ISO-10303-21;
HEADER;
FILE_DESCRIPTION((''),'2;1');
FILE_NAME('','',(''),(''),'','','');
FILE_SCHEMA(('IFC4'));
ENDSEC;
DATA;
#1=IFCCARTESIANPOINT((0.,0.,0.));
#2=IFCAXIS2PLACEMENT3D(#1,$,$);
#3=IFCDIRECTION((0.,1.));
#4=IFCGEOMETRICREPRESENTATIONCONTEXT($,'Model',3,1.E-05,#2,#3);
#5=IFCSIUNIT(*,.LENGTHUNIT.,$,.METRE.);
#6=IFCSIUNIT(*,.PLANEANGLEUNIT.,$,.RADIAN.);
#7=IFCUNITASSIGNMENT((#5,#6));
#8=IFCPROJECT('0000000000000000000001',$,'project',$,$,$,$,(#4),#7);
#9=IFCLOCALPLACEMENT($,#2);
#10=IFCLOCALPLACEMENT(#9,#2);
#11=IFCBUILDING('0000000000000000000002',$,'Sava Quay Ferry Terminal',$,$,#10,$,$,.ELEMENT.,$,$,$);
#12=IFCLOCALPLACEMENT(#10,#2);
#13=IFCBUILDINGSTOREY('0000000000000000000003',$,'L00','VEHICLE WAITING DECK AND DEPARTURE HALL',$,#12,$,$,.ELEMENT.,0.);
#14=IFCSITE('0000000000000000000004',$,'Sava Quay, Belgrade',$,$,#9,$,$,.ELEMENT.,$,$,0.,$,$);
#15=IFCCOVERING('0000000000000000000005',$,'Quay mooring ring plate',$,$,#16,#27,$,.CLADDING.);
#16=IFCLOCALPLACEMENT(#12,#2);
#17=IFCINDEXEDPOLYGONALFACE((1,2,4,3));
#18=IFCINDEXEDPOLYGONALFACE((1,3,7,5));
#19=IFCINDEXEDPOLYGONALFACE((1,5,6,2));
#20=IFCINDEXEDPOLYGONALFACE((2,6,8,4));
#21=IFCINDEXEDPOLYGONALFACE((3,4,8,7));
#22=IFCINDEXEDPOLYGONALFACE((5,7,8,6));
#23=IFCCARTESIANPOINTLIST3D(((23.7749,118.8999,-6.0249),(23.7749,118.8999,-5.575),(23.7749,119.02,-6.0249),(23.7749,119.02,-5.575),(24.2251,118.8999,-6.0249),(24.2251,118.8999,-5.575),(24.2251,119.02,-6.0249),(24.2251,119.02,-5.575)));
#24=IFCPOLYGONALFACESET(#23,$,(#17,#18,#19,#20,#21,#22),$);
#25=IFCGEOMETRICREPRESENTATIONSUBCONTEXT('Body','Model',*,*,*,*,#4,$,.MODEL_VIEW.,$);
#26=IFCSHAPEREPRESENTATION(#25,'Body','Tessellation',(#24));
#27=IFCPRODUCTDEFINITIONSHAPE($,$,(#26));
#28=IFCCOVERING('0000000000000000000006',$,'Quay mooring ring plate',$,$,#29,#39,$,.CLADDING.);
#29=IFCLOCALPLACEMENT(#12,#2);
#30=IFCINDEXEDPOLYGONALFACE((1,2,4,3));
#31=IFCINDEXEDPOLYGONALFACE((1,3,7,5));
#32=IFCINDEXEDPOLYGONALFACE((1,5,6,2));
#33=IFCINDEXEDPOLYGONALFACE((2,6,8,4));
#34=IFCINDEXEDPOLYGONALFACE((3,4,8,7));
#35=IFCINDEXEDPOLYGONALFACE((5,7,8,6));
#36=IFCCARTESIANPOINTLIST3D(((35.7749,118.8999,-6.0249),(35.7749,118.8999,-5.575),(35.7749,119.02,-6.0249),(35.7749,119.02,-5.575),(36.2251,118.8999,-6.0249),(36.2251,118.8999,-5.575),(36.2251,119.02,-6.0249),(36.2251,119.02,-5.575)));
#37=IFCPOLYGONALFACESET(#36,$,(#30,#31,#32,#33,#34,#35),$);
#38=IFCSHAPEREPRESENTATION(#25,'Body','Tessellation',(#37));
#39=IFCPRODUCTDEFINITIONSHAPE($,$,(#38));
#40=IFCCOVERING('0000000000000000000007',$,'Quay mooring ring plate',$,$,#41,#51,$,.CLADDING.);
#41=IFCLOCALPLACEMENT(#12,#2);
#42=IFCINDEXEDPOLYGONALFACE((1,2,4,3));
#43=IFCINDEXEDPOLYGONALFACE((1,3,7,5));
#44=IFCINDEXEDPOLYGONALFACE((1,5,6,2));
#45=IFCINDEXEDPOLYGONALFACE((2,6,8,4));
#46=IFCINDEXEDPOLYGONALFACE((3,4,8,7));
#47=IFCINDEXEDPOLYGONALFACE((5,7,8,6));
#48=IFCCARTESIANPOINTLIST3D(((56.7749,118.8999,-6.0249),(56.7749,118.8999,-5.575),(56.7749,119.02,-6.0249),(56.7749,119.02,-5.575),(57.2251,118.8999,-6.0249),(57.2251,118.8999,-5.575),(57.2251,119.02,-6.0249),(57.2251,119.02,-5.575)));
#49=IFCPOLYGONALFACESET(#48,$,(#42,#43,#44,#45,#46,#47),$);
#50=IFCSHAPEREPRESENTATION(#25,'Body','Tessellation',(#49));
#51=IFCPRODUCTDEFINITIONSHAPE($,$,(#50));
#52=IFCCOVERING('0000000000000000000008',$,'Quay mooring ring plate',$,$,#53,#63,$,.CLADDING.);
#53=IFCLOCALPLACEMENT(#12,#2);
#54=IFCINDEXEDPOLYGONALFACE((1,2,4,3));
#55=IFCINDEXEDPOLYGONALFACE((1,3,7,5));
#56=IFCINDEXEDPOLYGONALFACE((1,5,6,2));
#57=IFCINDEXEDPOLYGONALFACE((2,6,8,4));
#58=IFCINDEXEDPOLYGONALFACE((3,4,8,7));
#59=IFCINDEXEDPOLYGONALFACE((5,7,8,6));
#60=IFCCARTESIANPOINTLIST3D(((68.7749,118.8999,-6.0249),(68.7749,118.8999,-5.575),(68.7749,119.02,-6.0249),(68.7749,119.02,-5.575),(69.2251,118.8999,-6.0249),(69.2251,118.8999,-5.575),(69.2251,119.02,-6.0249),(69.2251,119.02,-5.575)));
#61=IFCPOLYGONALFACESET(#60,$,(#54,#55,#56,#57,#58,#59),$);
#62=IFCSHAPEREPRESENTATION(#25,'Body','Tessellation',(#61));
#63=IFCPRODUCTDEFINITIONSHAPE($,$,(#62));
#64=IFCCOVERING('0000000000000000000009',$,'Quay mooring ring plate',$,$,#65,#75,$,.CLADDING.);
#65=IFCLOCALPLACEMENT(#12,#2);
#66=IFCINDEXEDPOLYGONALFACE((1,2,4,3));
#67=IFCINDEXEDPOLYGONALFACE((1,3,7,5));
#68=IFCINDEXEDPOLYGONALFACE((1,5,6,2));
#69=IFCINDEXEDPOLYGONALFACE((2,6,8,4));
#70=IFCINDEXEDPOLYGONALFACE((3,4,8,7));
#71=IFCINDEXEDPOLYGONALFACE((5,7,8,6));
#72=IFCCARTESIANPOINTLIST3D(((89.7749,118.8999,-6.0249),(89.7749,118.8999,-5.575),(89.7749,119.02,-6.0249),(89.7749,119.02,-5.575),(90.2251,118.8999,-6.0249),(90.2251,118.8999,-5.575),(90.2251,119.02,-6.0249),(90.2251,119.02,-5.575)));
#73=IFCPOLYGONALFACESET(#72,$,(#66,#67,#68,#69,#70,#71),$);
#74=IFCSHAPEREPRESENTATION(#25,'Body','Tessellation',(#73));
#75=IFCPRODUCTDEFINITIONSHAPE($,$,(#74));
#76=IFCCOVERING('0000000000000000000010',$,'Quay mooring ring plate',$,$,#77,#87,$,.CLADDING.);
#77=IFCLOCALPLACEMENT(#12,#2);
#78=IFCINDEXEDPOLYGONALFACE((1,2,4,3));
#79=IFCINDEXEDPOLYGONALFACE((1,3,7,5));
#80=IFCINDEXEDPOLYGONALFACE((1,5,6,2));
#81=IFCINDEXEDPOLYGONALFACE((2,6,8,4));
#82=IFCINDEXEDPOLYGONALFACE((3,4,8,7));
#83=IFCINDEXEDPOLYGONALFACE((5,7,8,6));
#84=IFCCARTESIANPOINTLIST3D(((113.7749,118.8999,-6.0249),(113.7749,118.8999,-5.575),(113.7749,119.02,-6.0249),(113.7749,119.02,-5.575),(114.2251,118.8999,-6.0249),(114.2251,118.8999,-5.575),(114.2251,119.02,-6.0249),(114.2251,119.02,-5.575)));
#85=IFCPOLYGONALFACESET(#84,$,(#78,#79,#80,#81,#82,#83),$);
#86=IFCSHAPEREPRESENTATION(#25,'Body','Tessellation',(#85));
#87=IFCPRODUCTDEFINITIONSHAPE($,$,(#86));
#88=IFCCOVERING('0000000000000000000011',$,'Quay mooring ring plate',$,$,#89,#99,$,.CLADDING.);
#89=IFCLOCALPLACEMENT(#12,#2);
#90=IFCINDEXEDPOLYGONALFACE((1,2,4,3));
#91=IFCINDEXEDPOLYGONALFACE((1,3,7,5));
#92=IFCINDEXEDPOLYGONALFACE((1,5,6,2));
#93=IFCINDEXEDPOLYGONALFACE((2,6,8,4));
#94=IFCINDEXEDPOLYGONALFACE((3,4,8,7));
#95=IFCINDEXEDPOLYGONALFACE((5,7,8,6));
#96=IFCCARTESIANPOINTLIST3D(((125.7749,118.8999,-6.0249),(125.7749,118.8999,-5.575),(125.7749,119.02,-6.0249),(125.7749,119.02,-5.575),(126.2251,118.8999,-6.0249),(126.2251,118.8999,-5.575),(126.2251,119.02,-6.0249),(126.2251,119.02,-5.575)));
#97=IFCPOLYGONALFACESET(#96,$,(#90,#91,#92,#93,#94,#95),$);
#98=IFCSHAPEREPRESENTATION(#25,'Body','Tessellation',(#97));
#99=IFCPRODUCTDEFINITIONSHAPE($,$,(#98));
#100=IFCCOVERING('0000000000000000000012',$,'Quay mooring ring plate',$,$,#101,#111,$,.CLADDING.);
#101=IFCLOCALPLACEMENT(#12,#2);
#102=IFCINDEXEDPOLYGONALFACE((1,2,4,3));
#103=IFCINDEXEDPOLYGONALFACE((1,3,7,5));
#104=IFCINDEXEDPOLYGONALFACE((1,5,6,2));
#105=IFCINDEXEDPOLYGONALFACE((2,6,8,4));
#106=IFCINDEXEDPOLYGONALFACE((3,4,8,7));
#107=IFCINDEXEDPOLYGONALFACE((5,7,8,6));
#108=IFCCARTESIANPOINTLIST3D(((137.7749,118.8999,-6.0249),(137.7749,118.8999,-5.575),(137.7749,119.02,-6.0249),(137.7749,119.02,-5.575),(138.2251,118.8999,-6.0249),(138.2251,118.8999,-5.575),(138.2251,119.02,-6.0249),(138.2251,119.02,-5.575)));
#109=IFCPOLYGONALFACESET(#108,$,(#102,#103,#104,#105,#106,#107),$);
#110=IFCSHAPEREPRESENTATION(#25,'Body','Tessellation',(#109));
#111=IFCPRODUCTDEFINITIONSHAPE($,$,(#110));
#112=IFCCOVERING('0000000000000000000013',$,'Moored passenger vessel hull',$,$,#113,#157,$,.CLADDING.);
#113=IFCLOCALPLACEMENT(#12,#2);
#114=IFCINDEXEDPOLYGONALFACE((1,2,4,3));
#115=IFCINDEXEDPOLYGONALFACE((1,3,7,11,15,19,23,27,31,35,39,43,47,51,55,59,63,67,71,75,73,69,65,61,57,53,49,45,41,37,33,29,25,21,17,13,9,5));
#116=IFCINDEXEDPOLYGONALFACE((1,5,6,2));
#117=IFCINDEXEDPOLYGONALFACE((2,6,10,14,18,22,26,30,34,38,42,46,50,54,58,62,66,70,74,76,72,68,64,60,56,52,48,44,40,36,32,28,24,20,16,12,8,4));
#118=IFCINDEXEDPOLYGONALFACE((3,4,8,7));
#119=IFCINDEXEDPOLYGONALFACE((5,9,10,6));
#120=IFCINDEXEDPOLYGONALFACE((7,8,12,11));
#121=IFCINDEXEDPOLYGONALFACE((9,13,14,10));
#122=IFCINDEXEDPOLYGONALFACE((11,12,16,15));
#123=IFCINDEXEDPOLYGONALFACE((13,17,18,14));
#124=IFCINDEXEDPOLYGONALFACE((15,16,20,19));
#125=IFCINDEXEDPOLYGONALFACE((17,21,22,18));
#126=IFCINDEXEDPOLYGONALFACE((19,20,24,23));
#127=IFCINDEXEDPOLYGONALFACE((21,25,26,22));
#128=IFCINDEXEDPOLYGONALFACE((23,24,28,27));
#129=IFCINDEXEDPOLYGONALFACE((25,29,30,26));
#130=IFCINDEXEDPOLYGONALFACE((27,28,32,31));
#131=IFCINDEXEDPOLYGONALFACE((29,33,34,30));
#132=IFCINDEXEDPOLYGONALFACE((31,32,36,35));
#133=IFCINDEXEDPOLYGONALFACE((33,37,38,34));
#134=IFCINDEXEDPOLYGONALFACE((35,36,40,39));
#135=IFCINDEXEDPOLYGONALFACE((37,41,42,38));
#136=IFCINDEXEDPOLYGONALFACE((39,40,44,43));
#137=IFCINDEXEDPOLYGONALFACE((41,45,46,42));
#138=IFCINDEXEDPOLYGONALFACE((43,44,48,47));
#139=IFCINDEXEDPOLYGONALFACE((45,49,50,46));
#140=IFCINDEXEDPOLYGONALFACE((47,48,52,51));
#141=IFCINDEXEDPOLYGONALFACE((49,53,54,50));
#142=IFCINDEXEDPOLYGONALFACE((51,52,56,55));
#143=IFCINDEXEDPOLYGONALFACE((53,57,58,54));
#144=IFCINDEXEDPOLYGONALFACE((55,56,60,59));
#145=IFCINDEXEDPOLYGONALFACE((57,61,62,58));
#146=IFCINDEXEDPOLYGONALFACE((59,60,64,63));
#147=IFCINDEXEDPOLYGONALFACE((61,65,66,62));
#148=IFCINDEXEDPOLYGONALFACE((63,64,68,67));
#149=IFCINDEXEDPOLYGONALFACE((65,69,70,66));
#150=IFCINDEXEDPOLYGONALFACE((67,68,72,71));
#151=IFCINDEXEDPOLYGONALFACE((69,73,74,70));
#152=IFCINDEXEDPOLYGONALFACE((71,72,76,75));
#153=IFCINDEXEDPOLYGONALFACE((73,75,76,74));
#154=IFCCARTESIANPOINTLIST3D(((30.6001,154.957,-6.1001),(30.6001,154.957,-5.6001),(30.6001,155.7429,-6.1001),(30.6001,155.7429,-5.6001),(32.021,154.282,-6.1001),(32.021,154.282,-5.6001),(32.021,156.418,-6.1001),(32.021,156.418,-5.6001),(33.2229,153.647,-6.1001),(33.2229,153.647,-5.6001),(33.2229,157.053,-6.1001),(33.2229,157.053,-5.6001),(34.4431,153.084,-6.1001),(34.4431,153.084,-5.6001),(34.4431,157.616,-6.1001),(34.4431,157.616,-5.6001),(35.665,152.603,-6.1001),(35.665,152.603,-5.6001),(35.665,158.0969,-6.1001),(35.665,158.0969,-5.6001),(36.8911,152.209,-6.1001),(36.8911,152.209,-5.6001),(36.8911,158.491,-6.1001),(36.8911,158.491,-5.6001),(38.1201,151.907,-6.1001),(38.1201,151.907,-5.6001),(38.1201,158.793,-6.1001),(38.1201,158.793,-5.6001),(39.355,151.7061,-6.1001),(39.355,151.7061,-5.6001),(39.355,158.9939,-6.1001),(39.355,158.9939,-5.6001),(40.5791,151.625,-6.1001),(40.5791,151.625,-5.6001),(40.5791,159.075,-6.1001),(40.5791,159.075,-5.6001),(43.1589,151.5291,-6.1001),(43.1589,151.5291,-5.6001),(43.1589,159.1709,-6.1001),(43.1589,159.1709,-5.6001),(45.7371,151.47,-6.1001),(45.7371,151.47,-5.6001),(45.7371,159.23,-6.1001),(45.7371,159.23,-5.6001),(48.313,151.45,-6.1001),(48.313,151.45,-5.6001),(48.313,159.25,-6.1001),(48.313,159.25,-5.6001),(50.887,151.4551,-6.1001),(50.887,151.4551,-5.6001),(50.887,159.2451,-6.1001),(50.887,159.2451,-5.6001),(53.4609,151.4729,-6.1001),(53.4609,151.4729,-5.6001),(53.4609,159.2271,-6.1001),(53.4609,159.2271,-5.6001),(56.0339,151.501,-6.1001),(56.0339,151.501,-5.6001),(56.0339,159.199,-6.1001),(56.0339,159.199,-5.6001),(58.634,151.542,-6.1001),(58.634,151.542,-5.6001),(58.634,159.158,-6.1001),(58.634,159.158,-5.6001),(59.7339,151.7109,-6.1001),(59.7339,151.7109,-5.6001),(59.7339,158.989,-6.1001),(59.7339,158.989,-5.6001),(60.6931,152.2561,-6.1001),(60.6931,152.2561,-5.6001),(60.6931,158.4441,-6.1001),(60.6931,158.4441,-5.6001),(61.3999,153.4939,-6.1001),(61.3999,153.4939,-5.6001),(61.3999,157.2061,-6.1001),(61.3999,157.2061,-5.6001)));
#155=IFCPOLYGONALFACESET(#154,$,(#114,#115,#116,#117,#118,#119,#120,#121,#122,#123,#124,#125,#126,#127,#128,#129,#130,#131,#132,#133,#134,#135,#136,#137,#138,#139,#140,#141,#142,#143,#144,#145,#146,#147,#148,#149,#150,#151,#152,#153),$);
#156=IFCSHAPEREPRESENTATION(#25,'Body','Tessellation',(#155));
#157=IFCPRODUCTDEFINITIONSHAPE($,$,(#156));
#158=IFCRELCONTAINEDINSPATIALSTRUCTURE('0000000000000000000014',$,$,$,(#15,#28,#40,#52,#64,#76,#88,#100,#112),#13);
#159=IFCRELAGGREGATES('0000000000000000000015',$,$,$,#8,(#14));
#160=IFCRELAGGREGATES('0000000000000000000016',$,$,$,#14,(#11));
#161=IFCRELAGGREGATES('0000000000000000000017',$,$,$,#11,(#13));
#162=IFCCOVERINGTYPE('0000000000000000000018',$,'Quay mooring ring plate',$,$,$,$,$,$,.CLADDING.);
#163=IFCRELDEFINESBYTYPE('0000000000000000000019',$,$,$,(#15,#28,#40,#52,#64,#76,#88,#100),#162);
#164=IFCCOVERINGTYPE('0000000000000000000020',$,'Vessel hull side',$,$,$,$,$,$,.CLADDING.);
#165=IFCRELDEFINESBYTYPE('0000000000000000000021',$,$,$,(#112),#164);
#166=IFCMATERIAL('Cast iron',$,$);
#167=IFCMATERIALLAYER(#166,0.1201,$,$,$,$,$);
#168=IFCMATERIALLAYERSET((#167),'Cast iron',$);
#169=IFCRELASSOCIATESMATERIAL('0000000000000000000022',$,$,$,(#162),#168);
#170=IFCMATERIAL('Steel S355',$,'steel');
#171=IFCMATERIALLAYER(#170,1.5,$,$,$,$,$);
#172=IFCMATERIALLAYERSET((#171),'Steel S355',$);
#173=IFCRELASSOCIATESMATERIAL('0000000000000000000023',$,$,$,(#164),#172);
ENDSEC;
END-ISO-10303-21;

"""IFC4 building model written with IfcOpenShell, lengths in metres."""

from ifc_helpers import new_model, si_unit, direction, frame, origin, place, context, subcontext, project, spatial, polyline, outline, extrude, material, layer, layer_set, type_object, element, save


model = new_model("IFC4")

# Units and contexts
model_context = context("Model", 3, precision=1e-05, world=origin(), true_north=direction((0.0, 1.0)))
body_context = subcontext(model_context, "Body", "Model", "MODEL_VIEW")
ifc_project = project(units=[si_unit("LENGTHUNIT", "METRE"), si_unit("PLANEANGLEUNIT", "RADIAN")], contexts=[model_context])

# Site, building, storey
site_placement = place(None, origin())
site = spatial("IfcSite", under=ifc_project, at=site_placement, Name="Sava Quay, Belgrade", CompositionType="ELEMENT", RefElevation=0.0)
building_placement = place(site_placement, origin())
building = spatial("IfcBuilding", under=site, at=building_placement, Name="Sava Quay Ferry Terminal", CompositionType="ELEMENT")
storey_placement = place(building_placement, origin())
storey = spatial("IfcBuildingStorey", under=building, at=storey_placement, Name="L00", Description="VEHICLE WAITING DECK AND DEPARTURE HALL", CompositionType="ELEMENT", Elevation=0.0)

# Coverings
ifc_material_1 = material(Name="Cast iron")
ifc_layer_1 = layer(ifc_material_1, 0.1201)
ifc_layer_set_1 = layer_set([ifc_layer_1], Name="Cast iron")
covering_type_1 = type_object("IfcCoveringType", Name="Quay mooring ring plate", PredefinedType="CLADDING", material=ifc_layer_set_1)
covering_1_placement = place(storey_placement, frame((0.0, 0.0, -6.0249)))
element("IfcCovering", 1, at=covering_1_placement, inside=storey, type_object=covering_type_1, Name="Quay mooring ring plate", PredefinedType="CLADDING", context=body_context, shape_type="SweptSolid", body=[
    extrude(outline(polyline([(24.2251, 118.8999), (24.2251, 119.02), (23.7749, 119.02), (23.7749, 118.8999), (24.2251, 118.8999)])), origin(), (0.0, 0.0, 1.0), 0.45),
])
covering_2_placement = place(storey_placement, frame((0.0, 0.0, -6.0249)))
element("IfcCovering", 2, at=covering_2_placement, inside=storey, type_object=covering_type_1, Name="Quay mooring ring plate", PredefinedType="CLADDING", context=body_context, shape_type="SweptSolid", body=[
    extrude(outline(polyline([(36.2251, 118.8999), (36.2251, 119.02), (35.7749, 119.02), (35.7749, 118.8999), (36.2251, 118.8999)])), origin(), (0.0, 0.0, 1.0), 0.45),
])
covering_3_placement = place(storey_placement, frame((0.0, 0.0, -6.0249)))
element("IfcCovering", 3, at=covering_3_placement, inside=storey, type_object=covering_type_1, Name="Quay mooring ring plate", PredefinedType="CLADDING", context=body_context, shape_type="SweptSolid", body=[
    extrude(outline(polyline([(57.2251, 118.8999), (57.2251, 119.02), (56.7749, 119.02), (56.7749, 118.8999), (57.2251, 118.8999)])), origin(), (0.0, 0.0, 1.0), 0.45),
])
covering_4_placement = place(storey_placement, frame((0.0, 0.0, -6.0249)))
element("IfcCovering", 4, at=covering_4_placement, inside=storey, type_object=covering_type_1, Name="Quay mooring ring plate", PredefinedType="CLADDING", context=body_context, shape_type="SweptSolid", body=[
    extrude(outline(polyline([(69.2251, 118.8999), (69.2251, 119.02), (68.7749, 119.02), (68.7749, 118.8999), (69.2251, 118.8999)])), origin(), (0.0, 0.0, 1.0), 0.45),
])
covering_5_placement = place(storey_placement, frame((0.0, 0.0, -6.0249)))
element("IfcCovering", 5, at=covering_5_placement, inside=storey, type_object=covering_type_1, Name="Quay mooring ring plate", PredefinedType="CLADDING", context=body_context, shape_type="SweptSolid", body=[
    extrude(outline(polyline([(90.2251, 118.8999), (90.2251, 119.02), (89.7749, 119.02), (89.7749, 118.8999), (90.2251, 118.8999)])), origin(), (0.0, 0.0, 1.0), 0.45),
])
covering_6_placement = place(storey_placement, frame((0.0, 0.0, -6.0249)))
element("IfcCovering", 6, at=covering_6_placement, inside=storey, type_object=covering_type_1, Name="Quay mooring ring plate", PredefinedType="CLADDING", context=body_context, shape_type="SweptSolid", body=[
    extrude(outline(polyline([(114.2251, 118.8999), (114.2251, 119.02), (113.7749, 119.02), (113.7749, 118.8999), (114.2251, 118.8999)])), origin(), (0.0, 0.0, 1.0), 0.45),
])
covering_7_placement = place(storey_placement, frame((0.0, 0.0, -6.0249)))
element("IfcCovering", 7, at=covering_7_placement, inside=storey, type_object=covering_type_1, Name="Quay mooring ring plate", PredefinedType="CLADDING", context=body_context, shape_type="SweptSolid", body=[
    extrude(outline(polyline([(126.2251, 118.8999), (126.2251, 119.02), (125.7749, 119.02), (125.7749, 118.8999), (126.2251, 118.8999)])), origin(), (0.0, 0.0, 1.0), 0.45),
])
covering_8_placement = place(storey_placement, frame((0.0, 0.0, -6.0249)))
element("IfcCovering", 8, at=covering_8_placement, inside=storey, type_object=covering_type_1, Name="Quay mooring ring plate", PredefinedType="CLADDING", context=body_context, shape_type="SweptSolid", body=[
    extrude(outline(polyline([(138.2251, 118.8999), (138.2251, 119.02), (137.7749, 119.02), (137.7749, 118.8999), (138.2251, 118.8999)])), origin(), (0.0, 0.0, 1.0), 0.45),
])
ifc_material_2 = material(Name="Steel S355", Category="steel")
ifc_layer_2 = layer(ifc_material_2, 1.5)
ifc_layer_set_2 = layer_set([ifc_layer_2], Name="Steel S355")
covering_type_2 = type_object("IfcCoveringType", Name="Vessel hull side", PredefinedType="CLADDING", material=ifc_layer_set_2)
covering_9_placement = place(storey_placement, frame((0.0, 0.0, -6.1001)))
element("IfcCovering", 9, at=covering_9_placement, inside=storey, type_object=covering_type_2, Name="Moored passenger vessel hull", PredefinedType="CLADDING", context=body_context, shape_type="SweptSolid", body=[
    extrude(outline(polyline([(61.3999, 157.2061), (60.6931, 158.4441), (59.7339, 158.989), (58.634, 159.158), (56.0339, 159.199), (53.4609, 159.2271), (50.887, 159.2451), (48.313, 159.25), (45.7371, 159.23), (43.1589, 159.1709), (40.5791, 159.075), (39.355, 158.9939), (38.1201, 158.793), (36.8911, 158.491), (35.665, 158.0969), (34.4431, 157.616), (33.2229, 157.053), (32.021, 156.418), (30.6001, 155.7429), (30.6001, 154.957), (32.021, 154.282), (33.2229, 153.647), (34.4431, 153.084), (35.665, 152.603), (36.8911, 152.209), (38.1201, 151.907), (39.355, 151.7061), (40.5791, 151.625), (43.1589, 151.5291), (45.7371, 151.47), (48.313, 151.45), (50.887, 151.4551), (53.4609, 151.4729), (56.0339, 151.501), (58.634, 151.542), (59.7339, 151.7109), (60.6931, 152.2561), (61.3999, 153.4939), (61.3999, 157.2061)])), origin(), (0.0, 0.0, 1.0), 0.5),
])

save(model, "model.ifc")
